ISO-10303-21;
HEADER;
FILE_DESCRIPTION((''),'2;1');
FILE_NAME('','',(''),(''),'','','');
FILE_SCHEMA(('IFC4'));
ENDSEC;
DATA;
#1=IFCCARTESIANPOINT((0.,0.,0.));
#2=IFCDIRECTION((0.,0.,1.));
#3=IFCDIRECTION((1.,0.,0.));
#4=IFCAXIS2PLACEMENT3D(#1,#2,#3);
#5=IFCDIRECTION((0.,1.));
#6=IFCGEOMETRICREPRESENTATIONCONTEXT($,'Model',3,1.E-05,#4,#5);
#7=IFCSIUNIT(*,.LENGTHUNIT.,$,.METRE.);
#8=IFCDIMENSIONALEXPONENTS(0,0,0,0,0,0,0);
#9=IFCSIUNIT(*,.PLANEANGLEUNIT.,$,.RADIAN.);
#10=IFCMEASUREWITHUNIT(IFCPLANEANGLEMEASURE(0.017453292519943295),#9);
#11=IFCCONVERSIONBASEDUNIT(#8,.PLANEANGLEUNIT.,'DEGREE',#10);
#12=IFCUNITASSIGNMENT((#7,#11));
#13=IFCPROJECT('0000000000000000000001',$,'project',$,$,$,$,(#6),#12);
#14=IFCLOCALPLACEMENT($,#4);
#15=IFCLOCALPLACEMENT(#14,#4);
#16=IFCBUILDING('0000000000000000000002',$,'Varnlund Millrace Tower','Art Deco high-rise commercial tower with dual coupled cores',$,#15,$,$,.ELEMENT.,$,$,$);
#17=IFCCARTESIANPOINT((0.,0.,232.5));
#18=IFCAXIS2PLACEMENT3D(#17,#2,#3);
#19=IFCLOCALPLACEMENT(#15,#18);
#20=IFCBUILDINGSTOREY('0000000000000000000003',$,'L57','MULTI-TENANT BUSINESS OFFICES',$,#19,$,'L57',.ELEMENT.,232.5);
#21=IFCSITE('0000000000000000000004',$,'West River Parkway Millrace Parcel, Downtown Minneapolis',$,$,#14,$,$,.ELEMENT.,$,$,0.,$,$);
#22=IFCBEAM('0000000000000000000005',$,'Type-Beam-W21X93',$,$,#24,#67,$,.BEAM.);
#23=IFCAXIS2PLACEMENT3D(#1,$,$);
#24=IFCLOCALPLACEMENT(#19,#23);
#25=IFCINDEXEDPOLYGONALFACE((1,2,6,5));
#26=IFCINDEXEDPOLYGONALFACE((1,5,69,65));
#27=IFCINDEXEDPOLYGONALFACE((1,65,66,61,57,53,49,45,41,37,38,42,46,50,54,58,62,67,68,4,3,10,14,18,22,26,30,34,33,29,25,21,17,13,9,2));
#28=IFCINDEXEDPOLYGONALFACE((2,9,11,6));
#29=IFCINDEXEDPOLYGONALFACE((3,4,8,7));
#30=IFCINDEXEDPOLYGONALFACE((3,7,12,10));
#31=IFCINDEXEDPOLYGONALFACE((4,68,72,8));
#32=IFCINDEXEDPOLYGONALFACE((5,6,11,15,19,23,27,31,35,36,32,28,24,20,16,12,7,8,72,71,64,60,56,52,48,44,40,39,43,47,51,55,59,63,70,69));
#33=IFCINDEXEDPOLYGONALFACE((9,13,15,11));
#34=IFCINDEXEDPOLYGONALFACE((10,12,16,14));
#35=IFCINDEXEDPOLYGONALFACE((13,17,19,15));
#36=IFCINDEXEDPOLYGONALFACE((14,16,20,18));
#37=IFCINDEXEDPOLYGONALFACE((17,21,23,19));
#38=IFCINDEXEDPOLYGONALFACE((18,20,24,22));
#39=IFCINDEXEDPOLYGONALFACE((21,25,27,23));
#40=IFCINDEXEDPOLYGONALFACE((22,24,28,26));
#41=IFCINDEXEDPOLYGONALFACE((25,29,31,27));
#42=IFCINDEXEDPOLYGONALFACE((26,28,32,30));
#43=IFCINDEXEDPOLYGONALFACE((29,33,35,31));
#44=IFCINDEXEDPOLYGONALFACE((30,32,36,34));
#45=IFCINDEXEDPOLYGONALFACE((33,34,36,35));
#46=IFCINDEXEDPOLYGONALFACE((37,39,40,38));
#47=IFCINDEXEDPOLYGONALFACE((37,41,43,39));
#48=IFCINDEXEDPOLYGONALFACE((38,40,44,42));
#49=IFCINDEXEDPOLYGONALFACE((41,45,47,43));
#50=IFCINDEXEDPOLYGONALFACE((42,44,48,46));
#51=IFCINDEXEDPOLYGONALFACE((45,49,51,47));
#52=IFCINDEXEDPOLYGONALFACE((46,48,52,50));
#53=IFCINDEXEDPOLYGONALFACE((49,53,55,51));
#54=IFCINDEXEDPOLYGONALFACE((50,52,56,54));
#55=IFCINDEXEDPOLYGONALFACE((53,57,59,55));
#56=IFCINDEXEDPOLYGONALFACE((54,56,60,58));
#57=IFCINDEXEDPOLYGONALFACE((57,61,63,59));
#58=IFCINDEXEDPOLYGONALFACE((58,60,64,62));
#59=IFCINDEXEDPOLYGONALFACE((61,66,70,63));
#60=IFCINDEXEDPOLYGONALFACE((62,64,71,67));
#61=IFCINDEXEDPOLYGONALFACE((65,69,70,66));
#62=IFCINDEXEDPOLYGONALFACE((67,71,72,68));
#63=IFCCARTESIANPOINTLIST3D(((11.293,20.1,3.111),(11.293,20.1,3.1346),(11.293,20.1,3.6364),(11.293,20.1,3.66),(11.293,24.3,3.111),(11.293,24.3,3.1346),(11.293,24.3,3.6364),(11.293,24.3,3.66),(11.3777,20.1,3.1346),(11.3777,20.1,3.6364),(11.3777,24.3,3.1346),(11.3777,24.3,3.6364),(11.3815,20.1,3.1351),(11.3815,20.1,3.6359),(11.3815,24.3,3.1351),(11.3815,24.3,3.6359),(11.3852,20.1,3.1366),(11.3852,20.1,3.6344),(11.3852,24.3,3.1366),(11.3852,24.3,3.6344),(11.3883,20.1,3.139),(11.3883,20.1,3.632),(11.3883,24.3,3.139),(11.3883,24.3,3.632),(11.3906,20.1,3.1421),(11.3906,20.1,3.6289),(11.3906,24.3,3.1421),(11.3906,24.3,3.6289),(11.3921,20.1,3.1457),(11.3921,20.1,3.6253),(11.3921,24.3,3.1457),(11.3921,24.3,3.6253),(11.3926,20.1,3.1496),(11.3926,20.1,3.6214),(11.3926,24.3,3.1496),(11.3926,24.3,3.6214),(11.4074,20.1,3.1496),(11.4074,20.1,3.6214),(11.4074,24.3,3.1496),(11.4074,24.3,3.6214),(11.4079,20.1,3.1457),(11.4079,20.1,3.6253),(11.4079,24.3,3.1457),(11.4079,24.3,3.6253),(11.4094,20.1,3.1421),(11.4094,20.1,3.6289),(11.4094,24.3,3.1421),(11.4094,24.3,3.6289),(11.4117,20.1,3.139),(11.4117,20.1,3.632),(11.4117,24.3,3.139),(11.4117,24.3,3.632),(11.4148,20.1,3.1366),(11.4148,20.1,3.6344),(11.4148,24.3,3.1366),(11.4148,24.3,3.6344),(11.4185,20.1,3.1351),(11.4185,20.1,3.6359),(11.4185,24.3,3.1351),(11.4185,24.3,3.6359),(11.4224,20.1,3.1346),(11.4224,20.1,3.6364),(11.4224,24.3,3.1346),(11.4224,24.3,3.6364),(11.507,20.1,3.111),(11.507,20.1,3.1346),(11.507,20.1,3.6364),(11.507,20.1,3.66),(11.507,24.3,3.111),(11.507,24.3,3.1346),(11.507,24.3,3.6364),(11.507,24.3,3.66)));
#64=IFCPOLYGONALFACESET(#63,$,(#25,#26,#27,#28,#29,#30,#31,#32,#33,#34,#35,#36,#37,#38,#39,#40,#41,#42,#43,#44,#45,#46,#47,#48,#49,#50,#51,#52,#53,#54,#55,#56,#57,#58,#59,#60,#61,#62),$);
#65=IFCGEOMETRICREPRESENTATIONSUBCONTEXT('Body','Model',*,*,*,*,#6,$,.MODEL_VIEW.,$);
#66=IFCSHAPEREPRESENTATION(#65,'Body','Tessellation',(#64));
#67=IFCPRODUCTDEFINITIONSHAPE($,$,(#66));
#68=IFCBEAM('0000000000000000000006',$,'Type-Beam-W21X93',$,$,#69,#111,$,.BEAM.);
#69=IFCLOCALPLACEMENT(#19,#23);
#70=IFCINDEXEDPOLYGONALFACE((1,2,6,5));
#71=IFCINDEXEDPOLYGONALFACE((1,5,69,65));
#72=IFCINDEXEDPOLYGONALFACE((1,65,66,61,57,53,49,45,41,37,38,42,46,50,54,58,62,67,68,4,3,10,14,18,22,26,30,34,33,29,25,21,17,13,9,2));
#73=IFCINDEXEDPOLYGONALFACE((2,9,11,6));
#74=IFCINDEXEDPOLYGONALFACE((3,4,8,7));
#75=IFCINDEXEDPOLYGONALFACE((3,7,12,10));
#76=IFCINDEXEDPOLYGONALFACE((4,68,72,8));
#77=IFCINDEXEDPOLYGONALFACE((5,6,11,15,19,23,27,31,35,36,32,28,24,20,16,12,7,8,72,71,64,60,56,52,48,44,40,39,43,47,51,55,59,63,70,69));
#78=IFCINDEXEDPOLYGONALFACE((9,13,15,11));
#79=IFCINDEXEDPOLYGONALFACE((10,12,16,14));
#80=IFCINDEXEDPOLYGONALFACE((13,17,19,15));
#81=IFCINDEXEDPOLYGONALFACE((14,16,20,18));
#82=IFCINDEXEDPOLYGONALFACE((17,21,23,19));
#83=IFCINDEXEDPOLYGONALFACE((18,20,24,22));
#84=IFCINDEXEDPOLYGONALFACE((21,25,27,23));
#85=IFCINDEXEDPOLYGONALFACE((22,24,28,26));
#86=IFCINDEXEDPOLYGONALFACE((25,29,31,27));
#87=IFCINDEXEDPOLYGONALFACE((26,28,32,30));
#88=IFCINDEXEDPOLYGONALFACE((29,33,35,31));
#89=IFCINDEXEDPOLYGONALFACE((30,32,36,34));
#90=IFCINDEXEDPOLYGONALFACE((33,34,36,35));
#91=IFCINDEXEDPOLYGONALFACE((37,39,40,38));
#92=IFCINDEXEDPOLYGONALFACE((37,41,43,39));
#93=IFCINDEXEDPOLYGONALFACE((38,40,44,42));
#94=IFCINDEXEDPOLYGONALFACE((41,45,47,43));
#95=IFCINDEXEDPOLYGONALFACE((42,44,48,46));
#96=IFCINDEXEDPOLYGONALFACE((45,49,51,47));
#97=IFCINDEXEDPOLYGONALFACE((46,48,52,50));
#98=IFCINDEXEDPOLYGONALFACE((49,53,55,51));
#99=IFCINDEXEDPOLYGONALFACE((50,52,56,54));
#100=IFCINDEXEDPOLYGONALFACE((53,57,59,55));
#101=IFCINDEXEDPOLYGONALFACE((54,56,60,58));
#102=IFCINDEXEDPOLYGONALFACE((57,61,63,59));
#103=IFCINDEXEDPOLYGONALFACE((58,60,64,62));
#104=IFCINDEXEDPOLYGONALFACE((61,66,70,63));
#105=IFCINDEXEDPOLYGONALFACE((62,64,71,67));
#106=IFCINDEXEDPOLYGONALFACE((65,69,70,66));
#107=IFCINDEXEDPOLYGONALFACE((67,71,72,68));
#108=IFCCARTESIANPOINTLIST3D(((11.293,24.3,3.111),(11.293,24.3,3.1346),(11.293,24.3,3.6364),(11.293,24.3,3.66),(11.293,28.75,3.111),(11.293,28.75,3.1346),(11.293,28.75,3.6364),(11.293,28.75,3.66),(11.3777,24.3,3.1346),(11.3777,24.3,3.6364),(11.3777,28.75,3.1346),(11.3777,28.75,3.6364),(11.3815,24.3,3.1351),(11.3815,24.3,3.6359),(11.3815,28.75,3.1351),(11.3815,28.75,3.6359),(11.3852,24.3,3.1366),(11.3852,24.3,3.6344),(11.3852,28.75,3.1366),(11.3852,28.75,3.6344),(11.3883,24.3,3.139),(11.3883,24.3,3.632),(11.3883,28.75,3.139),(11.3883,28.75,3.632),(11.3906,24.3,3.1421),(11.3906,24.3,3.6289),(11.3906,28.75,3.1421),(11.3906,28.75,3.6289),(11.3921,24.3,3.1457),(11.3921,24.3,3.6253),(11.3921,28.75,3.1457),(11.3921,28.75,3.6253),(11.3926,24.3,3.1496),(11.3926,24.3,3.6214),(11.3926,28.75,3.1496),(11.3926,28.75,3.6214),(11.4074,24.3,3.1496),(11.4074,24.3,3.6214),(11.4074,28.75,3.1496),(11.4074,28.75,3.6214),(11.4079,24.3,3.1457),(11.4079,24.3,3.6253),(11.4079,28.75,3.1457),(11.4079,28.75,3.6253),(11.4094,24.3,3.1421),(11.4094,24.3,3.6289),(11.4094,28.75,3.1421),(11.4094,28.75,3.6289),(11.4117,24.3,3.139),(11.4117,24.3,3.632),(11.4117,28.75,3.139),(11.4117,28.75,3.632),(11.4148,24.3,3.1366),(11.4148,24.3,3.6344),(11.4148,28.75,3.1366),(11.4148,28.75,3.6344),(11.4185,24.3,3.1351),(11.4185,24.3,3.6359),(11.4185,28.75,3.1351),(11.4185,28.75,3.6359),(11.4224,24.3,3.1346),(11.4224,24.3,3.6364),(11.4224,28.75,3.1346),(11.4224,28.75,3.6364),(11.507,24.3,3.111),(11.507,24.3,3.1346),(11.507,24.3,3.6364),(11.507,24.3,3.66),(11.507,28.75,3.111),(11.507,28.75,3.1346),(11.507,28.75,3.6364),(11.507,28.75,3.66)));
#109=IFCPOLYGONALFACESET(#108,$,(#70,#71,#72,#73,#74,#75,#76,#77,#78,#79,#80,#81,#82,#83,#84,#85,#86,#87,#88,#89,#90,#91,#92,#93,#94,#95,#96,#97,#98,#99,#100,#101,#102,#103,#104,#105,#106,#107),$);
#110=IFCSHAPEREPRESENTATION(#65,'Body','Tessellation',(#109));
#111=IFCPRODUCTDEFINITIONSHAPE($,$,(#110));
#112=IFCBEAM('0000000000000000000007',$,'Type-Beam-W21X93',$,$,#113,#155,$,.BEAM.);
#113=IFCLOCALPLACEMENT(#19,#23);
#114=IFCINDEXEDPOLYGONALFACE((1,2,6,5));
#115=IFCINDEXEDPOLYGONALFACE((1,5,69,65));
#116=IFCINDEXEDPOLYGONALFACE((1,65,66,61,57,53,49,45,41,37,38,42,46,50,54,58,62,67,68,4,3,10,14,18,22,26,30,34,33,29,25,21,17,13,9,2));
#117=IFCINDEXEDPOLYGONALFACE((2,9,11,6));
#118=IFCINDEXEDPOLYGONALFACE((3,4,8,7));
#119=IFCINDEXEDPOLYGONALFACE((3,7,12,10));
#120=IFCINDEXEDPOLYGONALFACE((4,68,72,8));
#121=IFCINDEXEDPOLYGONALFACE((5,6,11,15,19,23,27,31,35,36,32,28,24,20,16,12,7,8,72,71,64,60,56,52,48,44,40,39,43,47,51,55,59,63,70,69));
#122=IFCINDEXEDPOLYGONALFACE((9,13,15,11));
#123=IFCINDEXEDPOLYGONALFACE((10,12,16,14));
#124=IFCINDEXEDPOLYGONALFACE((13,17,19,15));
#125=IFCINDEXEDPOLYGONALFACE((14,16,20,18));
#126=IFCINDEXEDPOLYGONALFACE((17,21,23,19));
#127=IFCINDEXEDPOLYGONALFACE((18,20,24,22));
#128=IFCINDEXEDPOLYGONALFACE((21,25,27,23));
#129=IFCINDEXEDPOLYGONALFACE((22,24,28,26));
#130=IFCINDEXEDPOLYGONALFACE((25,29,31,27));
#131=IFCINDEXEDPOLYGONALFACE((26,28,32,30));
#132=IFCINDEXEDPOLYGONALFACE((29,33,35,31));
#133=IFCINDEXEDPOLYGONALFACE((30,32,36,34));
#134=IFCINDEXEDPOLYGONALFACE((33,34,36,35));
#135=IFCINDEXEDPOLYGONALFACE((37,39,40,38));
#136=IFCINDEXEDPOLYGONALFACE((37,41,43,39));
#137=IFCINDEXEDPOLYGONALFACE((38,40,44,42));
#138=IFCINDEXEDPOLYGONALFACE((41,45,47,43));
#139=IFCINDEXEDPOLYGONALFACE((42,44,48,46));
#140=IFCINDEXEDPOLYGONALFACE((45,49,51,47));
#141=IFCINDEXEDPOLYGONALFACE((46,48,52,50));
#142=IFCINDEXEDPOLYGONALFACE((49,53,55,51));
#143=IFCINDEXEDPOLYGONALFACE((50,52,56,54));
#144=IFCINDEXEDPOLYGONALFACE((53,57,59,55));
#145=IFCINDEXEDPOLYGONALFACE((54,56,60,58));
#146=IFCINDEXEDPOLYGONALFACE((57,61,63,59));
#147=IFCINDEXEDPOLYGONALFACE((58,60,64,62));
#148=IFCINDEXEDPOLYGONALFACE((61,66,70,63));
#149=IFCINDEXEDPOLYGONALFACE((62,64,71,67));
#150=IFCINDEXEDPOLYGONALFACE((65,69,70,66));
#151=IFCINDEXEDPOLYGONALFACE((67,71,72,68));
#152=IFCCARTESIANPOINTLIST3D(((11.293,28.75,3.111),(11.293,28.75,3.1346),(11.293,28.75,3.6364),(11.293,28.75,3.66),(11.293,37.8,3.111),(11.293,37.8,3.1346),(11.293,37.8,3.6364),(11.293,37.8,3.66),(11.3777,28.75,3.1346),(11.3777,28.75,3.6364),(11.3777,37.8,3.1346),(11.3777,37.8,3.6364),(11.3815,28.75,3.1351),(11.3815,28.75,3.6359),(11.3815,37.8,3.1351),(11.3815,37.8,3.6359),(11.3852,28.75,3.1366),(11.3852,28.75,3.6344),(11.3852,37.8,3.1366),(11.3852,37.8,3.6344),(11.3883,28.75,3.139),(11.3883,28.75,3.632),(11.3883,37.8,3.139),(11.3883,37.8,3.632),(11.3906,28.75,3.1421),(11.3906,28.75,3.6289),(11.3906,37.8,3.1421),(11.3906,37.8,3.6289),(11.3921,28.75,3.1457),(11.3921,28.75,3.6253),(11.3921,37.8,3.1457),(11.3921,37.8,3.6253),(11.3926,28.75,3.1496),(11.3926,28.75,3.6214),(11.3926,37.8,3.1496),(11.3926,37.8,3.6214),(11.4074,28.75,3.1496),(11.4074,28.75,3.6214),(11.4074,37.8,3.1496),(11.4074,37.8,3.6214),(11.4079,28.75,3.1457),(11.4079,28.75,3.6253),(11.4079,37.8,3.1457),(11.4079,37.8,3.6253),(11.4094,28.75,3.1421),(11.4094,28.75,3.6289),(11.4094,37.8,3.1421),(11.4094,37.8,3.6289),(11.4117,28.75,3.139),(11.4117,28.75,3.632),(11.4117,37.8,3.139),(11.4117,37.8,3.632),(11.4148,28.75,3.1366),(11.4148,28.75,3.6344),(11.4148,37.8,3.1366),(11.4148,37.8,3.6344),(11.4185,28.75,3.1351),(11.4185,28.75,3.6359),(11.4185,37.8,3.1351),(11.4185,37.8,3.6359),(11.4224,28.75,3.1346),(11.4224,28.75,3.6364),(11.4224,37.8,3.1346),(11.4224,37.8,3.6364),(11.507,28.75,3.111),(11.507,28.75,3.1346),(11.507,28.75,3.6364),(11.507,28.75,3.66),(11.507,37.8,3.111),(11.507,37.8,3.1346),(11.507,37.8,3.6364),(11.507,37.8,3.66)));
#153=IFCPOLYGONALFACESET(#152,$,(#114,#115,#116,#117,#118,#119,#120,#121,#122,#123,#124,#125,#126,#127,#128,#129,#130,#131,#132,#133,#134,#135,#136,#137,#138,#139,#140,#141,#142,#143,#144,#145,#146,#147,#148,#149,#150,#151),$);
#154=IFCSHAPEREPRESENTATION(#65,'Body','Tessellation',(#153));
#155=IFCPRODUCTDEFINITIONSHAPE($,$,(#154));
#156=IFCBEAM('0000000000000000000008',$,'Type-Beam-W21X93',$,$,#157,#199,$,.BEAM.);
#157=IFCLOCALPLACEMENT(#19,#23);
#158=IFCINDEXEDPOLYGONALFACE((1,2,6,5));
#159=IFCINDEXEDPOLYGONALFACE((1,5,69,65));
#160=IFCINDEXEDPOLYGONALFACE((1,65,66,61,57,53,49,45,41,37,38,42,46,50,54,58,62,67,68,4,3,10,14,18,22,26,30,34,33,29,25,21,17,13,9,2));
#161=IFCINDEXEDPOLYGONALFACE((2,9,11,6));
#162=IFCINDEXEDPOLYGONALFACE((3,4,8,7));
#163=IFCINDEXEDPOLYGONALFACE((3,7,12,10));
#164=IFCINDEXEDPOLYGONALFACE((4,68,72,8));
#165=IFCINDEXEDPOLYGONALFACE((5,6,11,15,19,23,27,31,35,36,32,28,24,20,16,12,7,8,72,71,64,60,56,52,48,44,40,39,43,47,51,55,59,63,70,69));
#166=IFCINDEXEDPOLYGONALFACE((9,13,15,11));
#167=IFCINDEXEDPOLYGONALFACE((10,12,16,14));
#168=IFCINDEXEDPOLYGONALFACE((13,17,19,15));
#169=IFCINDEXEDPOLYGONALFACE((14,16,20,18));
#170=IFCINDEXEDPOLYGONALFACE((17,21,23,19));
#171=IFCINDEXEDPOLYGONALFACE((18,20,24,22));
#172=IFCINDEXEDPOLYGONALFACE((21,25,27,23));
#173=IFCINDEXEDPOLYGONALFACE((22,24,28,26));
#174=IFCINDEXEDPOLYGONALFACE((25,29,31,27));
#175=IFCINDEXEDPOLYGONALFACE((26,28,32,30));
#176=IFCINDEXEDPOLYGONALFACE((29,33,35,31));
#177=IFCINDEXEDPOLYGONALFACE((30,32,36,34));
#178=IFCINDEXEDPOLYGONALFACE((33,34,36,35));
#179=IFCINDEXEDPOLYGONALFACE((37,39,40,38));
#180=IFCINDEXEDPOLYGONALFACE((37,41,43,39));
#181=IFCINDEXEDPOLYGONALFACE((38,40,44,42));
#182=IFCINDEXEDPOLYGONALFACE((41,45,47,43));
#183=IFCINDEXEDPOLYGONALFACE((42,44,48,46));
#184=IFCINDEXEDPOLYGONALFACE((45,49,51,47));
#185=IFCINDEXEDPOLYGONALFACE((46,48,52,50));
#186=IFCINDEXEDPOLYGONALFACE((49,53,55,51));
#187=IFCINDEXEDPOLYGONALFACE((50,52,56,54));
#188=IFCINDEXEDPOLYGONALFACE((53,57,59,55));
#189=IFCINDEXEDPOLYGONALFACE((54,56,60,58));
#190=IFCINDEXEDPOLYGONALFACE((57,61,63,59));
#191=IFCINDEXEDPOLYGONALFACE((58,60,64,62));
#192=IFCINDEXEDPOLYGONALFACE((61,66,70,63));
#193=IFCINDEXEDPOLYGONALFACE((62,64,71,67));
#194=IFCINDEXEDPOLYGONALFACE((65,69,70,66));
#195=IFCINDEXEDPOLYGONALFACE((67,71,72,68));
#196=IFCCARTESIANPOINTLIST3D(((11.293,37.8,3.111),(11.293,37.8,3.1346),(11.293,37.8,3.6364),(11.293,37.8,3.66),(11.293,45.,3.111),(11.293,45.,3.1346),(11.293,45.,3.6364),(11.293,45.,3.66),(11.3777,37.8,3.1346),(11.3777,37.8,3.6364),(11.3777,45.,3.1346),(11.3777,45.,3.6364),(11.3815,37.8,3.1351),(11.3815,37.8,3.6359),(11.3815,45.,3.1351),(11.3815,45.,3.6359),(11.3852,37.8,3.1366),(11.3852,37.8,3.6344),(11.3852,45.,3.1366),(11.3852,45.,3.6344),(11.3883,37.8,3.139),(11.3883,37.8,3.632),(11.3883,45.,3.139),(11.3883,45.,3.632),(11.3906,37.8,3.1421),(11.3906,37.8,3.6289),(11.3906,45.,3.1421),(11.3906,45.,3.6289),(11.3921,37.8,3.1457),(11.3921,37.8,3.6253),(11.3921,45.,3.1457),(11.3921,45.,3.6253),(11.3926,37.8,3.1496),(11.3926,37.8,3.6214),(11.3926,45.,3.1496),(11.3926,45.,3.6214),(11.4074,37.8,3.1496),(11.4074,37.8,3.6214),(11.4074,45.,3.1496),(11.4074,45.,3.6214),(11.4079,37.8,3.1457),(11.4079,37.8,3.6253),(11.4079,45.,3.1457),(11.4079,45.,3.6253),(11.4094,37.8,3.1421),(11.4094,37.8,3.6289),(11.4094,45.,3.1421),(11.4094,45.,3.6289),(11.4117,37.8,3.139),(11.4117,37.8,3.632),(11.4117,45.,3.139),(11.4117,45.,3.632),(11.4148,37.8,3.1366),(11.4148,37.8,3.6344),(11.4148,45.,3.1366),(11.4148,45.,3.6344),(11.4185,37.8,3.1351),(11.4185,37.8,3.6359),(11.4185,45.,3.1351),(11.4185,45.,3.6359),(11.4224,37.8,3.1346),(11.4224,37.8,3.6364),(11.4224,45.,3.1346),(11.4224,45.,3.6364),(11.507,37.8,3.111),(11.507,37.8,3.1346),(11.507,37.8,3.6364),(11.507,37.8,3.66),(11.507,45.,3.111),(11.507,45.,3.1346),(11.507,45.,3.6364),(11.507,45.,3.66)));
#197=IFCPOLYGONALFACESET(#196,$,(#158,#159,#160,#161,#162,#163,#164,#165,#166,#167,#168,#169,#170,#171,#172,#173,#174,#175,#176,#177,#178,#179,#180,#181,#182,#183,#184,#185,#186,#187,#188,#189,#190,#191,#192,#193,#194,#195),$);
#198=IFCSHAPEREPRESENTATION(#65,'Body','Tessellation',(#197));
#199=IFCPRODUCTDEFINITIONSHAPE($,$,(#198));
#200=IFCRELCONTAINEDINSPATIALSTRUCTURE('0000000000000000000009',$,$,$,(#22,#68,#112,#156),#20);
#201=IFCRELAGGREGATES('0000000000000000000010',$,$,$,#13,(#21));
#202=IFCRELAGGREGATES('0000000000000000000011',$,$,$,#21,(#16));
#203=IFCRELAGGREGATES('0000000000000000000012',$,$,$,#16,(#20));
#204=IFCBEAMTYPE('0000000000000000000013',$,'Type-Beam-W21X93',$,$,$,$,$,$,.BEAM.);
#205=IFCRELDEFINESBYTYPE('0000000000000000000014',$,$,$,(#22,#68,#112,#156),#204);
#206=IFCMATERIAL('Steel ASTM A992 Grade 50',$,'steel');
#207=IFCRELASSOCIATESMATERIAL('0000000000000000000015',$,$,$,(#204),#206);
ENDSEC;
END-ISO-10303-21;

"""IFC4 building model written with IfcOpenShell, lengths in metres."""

from ifc_helpers import new_model, entity, si_unit, converted_unit, direction, frame, origin_with_axes, origin_2d_with_axis, place, context, subcontext, project, spatial, i_section, extrude, material, material_profile, profile_set, type_object, element, save


model = new_model("IFC4")

# Units and contexts
model_context = context("Model", 3, precision=1e-05, world=origin_with_axes(), true_north=direction((0.0, 1.0)))
body_context = subcontext(model_context, "Body", "Model", "MODEL_VIEW")
ifc_project = project(units=[si_unit("LENGTHUNIT", "METRE"), converted_unit("PLANEANGLEUNIT", "DEGREE", entity("IfcPlaneAngleMeasure", 0.017453292519943295), si_unit("PLANEANGLEUNIT", "RADIAN"), dimensions=[0, 0, 0, 0, 0, 0, 0])], contexts=[model_context])

# Site, building, storey
site_placement = place(None, origin_with_axes())
site = spatial("IfcSite", under=ifc_project, at=site_placement, Name="West River Parkway Millrace Parcel, Downtown Minneapolis", CompositionType="ELEMENT", RefElevation=0.0)
building_placement = place(site_placement, origin_with_axes())
building = spatial("IfcBuilding", under=site, at=building_placement, Name="Varnlund Millrace Tower", Description="Art Deco high-rise commercial tower with dual coupled cores", CompositionType="ELEMENT")
storey_placement = place(building_placement, frame((0.0, 0.0, 232.5), z_axis=(0.0, 0.0, 1.0), x_axis=(1.0, 0.0, 0.0)))
storey = spatial("IfcBuildingStorey", under=building, at=storey_placement, Name="L57", Description="MULTI-TENANT BUSINESS OFFICES", LongName="L57", CompositionType="ELEMENT", Elevation=232.5)

# Beams
ifc_material_1 = material(Name="Steel ASTM A992 Grade 50", Category="steel")
ifc_material_profile_1 = material_profile(ifc_material_1, i_section(OverallWidth=0.214, OverallDepth=0.549, WebThickness=0.0147, FlangeThickness=0.0236, FilletRadius=0.015, at=origin_2d_with_axis()), Name="Steel ASTM A992 Grade 50")
ifc_profile_set_1 = profile_set([ifc_material_profile_1], Name="Steel ASTM A992 Grade 50")
beam_type_1 = type_object("IfcBeamType", Name="Type-Beam-W21X93", PredefinedType="BEAM", material=ifc_profile_set_1)
beam_1_placement = place(storey_placement, frame((11.4, 20.1, 3.3855), z_axis=(0.0, 1.0, 0.0), x_axis=(-1.0, 0.0, 0.0)))
element("IfcBeam", 1, at=beam_1_placement, inside=storey, type_object=beam_type_1, Name="Type-Beam-W21X93", PredefinedType="BEAM", context=body_context, shape_type="SweptSolid", body=[
    extrude(i_section(OverallWidth=0.214, OverallDepth=0.549, WebThickness=0.0147, FlangeThickness=0.0236, FilletRadius=0.015, at=origin_2d_with_axis()), origin_with_axes(), (0.0, 0.0, 1.0), 4.2),
])
beam_2_placement = place(storey_placement, frame((11.4, 24.3, 3.3855), z_axis=(0.0, 1.0, 0.0), x_axis=(-1.0, 0.0, 0.0)))
element("IfcBeam", 2, at=beam_2_placement, inside=storey, type_object=beam_type_1, Name="Type-Beam-W21X93", PredefinedType="BEAM", context=body_context, shape_type="SweptSolid", body=[
    extrude(i_section(OverallWidth=0.214, OverallDepth=0.549, WebThickness=0.0147, FlangeThickness=0.0236, FilletRadius=0.015, at=origin_2d_with_axis()), origin_with_axes(), (0.0, 0.0, 1.0), 4.45),
])
beam_3_placement = place(storey_placement, frame((11.4, 28.75, 3.3855), z_axis=(0.0, 1.0, 0.0), x_axis=(-1.0, 0.0, 0.0)))
element("IfcBeam", 3, at=beam_3_placement, inside=storey, type_object=beam_type_1, Name="Type-Beam-W21X93", PredefinedType="BEAM", context=body_context, shape_type="SweptSolid", body=[
    extrude(i_section(OverallWidth=0.214, OverallDepth=0.549, WebThickness=0.0147, FlangeThickness=0.0236, FilletRadius=0.015, at=origin_2d_with_axis()), origin_with_axes(), (0.0, 0.0, 1.0), 9.05),
])
beam_4_placement = place(storey_placement, frame((11.4, 37.8, 3.3855), z_axis=(0.0, 1.0, 0.0), x_axis=(-1.0, 0.0, 0.0)))
element("IfcBeam", 4, at=beam_4_placement, inside=storey, type_object=beam_type_1, Name="Type-Beam-W21X93", PredefinedType="BEAM", context=body_context, shape_type="SweptSolid", body=[
    extrude(i_section(OverallWidth=0.214, OverallDepth=0.549, WebThickness=0.0147, FlangeThickness=0.0236, FilletRadius=0.015, at=origin_2d_with_axis()), origin_with_axes(), (0.0, 0.0, 1.0), 7.2),
])

save(model, "model.ifc")
